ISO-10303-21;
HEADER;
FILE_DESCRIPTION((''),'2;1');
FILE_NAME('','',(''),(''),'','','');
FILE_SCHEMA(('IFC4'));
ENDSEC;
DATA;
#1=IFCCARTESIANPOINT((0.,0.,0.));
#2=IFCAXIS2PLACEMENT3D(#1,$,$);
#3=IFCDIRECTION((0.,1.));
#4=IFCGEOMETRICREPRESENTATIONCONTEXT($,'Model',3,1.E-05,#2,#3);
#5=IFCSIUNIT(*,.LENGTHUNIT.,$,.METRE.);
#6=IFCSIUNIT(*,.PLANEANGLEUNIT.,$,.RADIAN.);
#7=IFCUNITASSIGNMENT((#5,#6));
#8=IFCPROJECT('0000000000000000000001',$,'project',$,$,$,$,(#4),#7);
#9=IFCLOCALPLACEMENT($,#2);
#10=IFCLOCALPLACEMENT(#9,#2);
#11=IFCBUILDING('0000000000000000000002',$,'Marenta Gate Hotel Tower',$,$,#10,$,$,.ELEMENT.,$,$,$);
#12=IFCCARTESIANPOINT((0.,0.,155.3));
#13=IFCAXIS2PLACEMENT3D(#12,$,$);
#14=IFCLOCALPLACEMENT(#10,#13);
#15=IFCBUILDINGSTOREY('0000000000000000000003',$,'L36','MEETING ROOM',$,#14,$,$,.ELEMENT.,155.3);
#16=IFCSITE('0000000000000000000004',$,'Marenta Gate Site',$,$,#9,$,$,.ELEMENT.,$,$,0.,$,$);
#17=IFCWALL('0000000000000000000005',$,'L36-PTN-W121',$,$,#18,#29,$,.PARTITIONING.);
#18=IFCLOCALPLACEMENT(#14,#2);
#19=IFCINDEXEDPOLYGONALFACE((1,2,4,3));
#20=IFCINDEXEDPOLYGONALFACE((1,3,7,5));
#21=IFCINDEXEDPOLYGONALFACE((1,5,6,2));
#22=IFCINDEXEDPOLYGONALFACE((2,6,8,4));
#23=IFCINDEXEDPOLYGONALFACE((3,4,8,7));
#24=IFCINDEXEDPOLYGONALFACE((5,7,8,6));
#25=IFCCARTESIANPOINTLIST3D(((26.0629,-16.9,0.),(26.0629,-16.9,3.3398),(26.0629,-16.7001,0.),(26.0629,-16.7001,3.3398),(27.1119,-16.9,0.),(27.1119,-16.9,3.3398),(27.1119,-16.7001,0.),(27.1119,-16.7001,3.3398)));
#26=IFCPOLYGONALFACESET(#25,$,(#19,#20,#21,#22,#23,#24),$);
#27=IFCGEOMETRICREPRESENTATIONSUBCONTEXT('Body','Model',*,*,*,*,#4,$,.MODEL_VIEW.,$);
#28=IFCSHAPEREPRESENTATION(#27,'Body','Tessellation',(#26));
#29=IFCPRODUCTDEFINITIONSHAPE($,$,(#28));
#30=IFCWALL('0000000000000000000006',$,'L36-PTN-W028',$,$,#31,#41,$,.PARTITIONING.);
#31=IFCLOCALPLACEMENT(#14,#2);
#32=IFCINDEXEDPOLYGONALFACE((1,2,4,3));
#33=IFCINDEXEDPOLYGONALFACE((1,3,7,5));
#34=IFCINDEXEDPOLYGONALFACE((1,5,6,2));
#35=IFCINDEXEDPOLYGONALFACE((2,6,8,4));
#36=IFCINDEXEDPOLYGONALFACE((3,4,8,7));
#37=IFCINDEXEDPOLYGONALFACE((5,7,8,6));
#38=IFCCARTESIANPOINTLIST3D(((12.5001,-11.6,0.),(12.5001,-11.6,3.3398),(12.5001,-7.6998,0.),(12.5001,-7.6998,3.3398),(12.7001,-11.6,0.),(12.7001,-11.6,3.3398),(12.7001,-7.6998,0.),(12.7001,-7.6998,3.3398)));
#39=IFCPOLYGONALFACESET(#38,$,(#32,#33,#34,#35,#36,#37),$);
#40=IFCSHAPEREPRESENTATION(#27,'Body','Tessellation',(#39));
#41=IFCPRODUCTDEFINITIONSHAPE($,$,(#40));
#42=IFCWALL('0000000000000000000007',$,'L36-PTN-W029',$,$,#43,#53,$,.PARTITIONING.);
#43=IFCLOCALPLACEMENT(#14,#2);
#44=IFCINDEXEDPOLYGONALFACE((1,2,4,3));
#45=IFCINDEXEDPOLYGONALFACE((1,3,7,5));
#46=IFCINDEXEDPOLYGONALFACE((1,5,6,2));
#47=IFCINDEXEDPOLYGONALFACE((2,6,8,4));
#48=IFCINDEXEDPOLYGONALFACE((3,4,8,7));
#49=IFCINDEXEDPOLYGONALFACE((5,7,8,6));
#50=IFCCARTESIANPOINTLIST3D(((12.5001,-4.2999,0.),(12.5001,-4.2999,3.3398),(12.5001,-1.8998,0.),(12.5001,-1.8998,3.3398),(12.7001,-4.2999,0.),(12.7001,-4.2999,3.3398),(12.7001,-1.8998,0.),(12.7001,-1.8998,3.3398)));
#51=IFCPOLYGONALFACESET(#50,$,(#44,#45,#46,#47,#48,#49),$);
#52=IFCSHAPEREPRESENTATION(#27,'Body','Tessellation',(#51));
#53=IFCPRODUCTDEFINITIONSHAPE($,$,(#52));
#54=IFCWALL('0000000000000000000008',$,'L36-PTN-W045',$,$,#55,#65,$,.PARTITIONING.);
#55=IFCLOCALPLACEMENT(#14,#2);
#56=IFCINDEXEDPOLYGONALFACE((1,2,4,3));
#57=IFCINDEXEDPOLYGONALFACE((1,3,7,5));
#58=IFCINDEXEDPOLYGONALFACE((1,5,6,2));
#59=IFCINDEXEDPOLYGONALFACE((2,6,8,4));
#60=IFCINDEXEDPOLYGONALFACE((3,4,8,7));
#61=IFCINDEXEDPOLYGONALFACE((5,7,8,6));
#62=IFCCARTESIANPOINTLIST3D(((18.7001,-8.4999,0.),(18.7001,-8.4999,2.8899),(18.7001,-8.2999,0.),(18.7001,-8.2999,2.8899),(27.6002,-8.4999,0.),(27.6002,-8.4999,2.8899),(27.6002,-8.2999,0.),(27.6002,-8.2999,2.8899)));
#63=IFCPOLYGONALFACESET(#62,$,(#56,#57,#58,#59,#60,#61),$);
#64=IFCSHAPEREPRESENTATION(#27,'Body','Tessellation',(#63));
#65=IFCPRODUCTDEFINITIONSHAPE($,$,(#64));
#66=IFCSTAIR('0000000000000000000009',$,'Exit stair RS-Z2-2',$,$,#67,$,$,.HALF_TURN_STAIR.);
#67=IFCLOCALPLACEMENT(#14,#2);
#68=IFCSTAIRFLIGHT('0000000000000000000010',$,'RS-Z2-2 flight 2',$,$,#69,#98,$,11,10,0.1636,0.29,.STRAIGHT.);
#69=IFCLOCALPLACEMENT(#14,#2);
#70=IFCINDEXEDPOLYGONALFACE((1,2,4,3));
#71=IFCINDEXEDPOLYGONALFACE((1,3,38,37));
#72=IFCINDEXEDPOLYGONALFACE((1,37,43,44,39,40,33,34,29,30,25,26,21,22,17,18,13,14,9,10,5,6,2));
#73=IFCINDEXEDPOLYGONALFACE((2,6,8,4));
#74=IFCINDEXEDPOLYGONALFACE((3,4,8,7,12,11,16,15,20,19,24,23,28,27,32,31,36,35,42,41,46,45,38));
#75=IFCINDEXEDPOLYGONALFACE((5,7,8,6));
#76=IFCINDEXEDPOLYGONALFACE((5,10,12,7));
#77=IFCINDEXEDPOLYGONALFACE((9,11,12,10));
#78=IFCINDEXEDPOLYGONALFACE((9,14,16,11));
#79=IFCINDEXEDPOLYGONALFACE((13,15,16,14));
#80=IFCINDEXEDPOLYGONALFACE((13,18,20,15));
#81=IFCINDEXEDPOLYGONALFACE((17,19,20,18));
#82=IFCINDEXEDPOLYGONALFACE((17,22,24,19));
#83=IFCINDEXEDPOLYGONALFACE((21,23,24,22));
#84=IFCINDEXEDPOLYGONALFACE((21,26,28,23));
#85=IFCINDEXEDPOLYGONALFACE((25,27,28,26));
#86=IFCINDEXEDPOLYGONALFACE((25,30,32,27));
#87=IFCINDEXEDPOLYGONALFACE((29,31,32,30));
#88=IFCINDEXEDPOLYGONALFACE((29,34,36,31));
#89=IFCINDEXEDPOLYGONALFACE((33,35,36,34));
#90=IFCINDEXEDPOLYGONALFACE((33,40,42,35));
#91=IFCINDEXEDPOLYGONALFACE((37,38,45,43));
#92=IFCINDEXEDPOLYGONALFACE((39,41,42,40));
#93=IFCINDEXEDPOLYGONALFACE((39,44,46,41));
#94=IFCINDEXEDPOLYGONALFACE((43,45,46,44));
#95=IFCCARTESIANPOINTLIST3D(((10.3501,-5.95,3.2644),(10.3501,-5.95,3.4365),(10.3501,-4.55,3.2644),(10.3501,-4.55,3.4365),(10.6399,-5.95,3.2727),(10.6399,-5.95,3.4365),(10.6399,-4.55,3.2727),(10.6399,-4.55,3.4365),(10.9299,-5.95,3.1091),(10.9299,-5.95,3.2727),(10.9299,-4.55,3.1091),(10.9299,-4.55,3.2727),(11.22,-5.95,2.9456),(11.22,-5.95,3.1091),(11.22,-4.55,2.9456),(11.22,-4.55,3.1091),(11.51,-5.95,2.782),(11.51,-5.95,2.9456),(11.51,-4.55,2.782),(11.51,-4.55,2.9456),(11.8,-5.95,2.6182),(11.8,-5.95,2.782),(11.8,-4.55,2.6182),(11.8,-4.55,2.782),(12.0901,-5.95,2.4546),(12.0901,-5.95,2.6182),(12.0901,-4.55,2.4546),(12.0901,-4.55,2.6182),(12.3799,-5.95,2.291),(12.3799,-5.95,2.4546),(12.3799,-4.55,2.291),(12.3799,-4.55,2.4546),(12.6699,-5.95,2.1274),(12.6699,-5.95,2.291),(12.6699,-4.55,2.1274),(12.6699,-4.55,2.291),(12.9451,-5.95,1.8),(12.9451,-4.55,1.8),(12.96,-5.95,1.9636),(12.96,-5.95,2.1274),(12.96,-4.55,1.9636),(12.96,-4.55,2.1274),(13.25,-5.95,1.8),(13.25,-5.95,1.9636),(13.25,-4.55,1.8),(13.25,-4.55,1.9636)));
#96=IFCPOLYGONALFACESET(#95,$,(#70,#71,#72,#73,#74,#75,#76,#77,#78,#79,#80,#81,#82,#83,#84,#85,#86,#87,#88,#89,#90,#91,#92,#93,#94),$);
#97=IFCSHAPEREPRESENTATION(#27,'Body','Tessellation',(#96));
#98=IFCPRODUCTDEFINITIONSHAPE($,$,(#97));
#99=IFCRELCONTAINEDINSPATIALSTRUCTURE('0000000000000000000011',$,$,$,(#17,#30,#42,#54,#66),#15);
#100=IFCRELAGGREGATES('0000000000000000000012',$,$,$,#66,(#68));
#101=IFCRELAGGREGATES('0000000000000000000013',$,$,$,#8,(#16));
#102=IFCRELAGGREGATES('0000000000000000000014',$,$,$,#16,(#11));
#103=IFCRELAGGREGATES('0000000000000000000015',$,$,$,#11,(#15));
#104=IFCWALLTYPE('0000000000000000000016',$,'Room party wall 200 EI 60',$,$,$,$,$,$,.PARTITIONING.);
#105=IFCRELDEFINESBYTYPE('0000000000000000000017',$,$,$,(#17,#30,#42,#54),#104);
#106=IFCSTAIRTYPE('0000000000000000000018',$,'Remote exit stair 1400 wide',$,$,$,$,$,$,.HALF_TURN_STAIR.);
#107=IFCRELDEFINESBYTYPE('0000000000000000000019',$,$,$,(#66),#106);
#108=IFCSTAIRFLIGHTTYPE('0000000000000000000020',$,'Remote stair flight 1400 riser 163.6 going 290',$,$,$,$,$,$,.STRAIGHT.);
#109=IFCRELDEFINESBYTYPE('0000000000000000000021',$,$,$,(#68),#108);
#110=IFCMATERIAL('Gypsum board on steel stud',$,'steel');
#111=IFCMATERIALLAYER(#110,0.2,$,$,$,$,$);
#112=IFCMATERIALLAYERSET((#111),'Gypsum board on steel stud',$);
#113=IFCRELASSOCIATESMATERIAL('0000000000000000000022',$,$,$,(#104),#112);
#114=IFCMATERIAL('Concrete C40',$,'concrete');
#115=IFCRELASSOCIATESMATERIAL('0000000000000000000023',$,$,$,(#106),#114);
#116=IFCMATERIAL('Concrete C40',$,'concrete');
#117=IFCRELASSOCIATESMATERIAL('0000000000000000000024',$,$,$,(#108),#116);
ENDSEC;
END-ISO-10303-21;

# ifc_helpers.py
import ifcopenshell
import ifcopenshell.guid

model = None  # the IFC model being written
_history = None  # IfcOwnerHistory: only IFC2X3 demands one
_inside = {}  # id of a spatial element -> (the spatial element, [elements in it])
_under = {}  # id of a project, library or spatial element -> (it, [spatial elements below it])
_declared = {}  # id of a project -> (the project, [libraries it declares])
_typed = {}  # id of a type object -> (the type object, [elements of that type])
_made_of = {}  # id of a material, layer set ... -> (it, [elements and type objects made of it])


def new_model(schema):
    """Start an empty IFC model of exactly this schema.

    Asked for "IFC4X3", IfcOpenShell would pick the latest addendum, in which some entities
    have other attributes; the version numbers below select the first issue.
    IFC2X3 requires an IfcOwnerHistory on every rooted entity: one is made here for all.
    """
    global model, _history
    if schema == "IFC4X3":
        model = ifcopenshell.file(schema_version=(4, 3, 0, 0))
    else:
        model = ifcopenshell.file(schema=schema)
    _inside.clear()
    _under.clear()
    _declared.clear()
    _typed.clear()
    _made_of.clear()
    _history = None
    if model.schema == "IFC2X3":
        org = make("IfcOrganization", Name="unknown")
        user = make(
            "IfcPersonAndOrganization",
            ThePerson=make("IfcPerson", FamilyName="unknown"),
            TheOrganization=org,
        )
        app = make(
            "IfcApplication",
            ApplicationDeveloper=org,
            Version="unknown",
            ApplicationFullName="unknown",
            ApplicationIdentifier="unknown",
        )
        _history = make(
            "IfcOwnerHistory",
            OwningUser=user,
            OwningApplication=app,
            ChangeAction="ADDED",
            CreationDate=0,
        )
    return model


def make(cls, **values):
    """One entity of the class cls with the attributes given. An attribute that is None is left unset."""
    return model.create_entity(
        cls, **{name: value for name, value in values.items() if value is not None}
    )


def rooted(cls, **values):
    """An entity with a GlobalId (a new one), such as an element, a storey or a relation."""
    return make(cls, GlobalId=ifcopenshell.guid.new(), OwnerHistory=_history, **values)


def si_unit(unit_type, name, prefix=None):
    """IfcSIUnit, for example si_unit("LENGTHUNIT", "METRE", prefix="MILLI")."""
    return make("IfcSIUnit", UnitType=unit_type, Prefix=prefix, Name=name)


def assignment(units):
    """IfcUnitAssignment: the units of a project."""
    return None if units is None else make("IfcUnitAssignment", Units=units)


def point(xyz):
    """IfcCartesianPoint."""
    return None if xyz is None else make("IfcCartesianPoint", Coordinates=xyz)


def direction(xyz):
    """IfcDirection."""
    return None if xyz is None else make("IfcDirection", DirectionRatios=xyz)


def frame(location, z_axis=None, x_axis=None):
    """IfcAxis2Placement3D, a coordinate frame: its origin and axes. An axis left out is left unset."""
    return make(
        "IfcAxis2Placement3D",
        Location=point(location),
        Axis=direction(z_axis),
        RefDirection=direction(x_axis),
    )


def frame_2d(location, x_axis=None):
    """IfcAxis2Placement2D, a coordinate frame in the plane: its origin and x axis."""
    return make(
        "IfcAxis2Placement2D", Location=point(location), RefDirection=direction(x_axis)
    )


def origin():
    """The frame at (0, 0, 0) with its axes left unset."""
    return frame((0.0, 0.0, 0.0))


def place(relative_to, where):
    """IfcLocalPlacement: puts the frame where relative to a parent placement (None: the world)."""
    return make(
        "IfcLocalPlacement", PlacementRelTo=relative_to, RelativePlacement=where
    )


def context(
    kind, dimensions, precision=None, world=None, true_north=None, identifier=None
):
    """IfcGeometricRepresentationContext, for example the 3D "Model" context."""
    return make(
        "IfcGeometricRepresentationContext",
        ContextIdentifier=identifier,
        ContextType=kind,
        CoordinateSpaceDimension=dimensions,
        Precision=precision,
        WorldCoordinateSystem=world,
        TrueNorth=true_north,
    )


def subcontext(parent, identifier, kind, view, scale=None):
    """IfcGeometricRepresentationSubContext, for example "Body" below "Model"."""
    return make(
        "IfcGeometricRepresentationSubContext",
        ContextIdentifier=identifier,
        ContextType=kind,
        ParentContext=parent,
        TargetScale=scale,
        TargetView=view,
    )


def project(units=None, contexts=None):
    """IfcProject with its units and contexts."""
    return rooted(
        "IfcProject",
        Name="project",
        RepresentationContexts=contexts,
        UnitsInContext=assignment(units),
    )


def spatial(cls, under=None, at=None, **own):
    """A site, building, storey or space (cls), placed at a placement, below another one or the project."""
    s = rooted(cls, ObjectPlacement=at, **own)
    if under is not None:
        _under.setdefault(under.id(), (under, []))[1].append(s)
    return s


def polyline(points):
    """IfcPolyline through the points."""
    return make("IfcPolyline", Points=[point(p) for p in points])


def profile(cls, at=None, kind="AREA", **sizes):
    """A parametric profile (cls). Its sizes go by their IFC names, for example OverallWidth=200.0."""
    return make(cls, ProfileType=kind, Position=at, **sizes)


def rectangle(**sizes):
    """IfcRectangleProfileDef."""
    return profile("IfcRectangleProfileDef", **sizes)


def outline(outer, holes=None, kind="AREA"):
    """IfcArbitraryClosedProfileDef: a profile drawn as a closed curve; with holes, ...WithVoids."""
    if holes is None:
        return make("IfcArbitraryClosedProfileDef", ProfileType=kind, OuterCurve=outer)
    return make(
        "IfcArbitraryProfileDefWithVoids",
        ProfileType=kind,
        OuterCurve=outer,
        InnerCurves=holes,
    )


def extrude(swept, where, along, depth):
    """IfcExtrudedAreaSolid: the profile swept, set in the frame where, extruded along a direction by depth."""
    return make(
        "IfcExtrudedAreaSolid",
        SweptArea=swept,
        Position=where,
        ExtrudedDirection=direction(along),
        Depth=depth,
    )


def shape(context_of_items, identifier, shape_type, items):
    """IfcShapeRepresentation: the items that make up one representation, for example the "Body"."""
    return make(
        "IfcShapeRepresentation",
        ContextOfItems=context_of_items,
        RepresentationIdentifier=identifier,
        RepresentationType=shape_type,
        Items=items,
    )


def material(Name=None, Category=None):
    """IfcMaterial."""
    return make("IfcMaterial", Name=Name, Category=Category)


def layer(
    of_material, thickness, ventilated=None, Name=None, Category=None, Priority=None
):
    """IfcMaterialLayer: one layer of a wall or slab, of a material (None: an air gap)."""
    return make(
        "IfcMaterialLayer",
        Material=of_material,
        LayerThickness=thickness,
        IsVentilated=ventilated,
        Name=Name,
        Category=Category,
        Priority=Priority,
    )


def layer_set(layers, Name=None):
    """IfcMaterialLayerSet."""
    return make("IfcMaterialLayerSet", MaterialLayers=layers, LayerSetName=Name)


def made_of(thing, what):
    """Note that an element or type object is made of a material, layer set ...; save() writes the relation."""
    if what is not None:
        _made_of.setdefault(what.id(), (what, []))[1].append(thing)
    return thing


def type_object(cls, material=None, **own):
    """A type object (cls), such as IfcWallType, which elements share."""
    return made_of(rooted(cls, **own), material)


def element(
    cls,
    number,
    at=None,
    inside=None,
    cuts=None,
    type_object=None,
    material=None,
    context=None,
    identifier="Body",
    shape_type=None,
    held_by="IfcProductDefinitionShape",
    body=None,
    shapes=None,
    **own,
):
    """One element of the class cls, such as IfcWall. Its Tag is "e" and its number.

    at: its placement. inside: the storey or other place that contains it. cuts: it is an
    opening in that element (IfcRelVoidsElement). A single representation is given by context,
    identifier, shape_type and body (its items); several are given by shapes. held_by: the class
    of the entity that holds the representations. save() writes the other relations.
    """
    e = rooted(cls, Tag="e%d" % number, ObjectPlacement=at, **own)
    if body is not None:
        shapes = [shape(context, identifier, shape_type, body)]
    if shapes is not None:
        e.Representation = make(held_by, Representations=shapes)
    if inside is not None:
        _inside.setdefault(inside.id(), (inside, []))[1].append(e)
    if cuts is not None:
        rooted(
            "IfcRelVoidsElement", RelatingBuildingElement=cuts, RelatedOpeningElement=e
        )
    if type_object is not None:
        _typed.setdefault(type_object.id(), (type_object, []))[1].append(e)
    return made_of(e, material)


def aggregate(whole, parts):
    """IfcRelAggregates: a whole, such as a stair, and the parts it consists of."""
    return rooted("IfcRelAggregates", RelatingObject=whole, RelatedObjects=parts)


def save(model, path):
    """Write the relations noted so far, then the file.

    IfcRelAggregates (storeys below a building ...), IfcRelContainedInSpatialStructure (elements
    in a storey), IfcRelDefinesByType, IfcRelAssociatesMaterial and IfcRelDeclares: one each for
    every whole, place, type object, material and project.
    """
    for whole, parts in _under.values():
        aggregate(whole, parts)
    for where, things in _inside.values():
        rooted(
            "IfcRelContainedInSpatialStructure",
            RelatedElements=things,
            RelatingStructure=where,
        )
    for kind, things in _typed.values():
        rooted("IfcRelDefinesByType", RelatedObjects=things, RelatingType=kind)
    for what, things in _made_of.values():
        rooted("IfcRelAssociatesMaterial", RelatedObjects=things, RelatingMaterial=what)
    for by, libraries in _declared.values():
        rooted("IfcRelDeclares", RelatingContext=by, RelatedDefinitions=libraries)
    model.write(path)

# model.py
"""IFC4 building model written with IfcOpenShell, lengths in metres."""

from ifc_helpers import new_model, si_unit, direction, frame, frame_2d, origin, place, context, subcontext, project, spatial, polyline, rectangle, outline, extrude, material, layer, layer_set, type_object, element, aggregate, save


model = new_model("IFC4")

# Units and contexts
model_context = context("Model", 3, precision=1e-05, world=origin(), true_north=direction((0.0, 1.0)))
body_context = subcontext(model_context, "Body", "Model", "MODEL_VIEW")
ifc_project = project(units=[si_unit("LENGTHUNIT", "METRE"), si_unit("PLANEANGLEUNIT", "RADIAN")], contexts=[model_context])

# Site, building, storey
site_placement = place(None, origin())
site = spatial("IfcSite", under=ifc_project, at=site_placement, Name="Marenta Gate Site", CompositionType="ELEMENT", RefElevation=0.0)
building_placement = place(site_placement, origin())
building = spatial("IfcBuilding", under=site, at=building_placement, Name="Marenta Gate Hotel Tower", CompositionType="ELEMENT")
storey_placement = place(building_placement, frame((0.0, 0.0, 155.3)))
storey = spatial("IfcBuildingStorey", under=building, at=storey_placement, Name="L36", Description="MEETING ROOM", CompositionType="ELEMENT", Elevation=155.3)

# Walls
ifc_material_1 = material(Name="Gypsum board on steel stud", Category="steel")
ifc_layer_1 = layer(ifc_material_1, 0.2)
ifc_layer_set_1 = layer_set([ifc_layer_1], Name="Gypsum board on steel stud")
wall_type_1 = type_object("IfcWallType", Name="Room party wall 200 EI 60", PredefinedType="PARTITIONING", material=ifc_layer_set_1)
wall_1_placement = place(storey_placement, frame((26.063, -16.8, 0.0), z_axis=(0.0, 0.0, 1.0), x_axis=(1.0, 0.0, 0.0)))
element("IfcWall", 1, at=wall_1_placement, inside=storey, type_object=wall_type_1, Name="L36-PTN-W121", PredefinedType="PARTITIONING", context=body_context, shape_type="SweptSolid", body=[
    extrude(rectangle(XDim=1.0491, YDim=0.2, at=frame_2d((0.5244, 0.0))), origin(), (0.0, 0.0, 1.0), 3.3398),
])
wall_2_placement = place(storey_placement, frame((12.6001, -11.6001, 0.0), z_axis=(0.0, 0.0, 1.0), x_axis=(0.0, 1.0, 0.0)))
element("IfcWall", 2, at=wall_2_placement, inside=storey, type_object=wall_type_1, Name="L36-PTN-W028", PredefinedType="PARTITIONING", context=body_context, shape_type="SweptSolid", body=[
    extrude(rectangle(XDim=3.9001, YDim=0.2, at=frame_2d((1.9502, 0.0))), origin(), (0.0, 0.0, 1.0), 3.3398),
])
wall_3_placement = place(storey_placement, frame((12.6001, -4.3, 0.0), z_axis=(0.0, 0.0, 1.0), x_axis=(0.0, 1.0, 0.0)))
element("IfcWall", 3, at=wall_3_placement, inside=storey, type_object=wall_type_1, Name="L36-PTN-W029", PredefinedType="PARTITIONING", context=body_context, shape_type="SweptSolid", body=[
    extrude(rectangle(XDim=2.4001, YDim=0.2, at=frame_2d((1.2002, 0.0))), origin(), (0.0, 0.0, 1.0), 3.3398),
])
wall_4_placement = place(storey_placement, frame((18.7, -8.3999, 0.0), z_axis=(0.0, 0.0, 1.0), x_axis=(1.0, 0.0, 0.0)))
element("IfcWall", 4, at=wall_4_placement, inside=storey, type_object=wall_type_1, Name="L36-PTN-W045", PredefinedType="PARTITIONING", context=body_context, shape_type="SweptSolid", body=[
    extrude(rectangle(XDim=8.9001, YDim=0.2, at=frame_2d((4.4502, 0.0))), origin(), (0.0, 0.0, 1.0), 2.8899),
])

# Stair, stair flight
ifc_material_2 = material(Name="Concrete C40", Category="concrete")
stair_type = type_object("IfcStairType", Name="Remote exit stair 1400 wide", PredefinedType="HALF_TURN_STAIR", material=ifc_material_2)
stair_placement = place(storey_placement, origin())
stair = element("IfcStair", 5, at=stair_placement, inside=storey, type_object=stair_type, Name="Exit stair RS-Z2-2", PredefinedType="HALF_TURN_STAIR")
ifc_material_3 = material(Name="Concrete C40", Category="concrete")
stair_flight_type = type_object("IfcStairFlightType", Name="Remote stair flight 1400 riser 163.6 going 290", PredefinedType="STRAIGHT", material=ifc_material_3)
stair_flight_placement = place(storey_placement, frame((13.25, -5.25, 1.8), z_axis=(0.0, 0.0, 1.0), x_axis=(-1.0, 0.0, 0.0)))
stair_flight = element("IfcStairFlight", 6, at=stair_flight_placement, type_object=stair_flight_type, Name="RS-Z2-2 flight 2", NumberOfRisers=11, NumberOfTreads=10, PredefinedType="STRAIGHT", RiserHeight=0.1636, TreadLength=0.29, context=body_context, shape_type="SweptSolid", body=[
    extrude(outline(polyline([(0.0, 0.0), (0.0, 0.1636), (0.29, 0.1636), (0.29, 0.3274), (0.5801, 0.3274), (0.5801, 0.491), (0.8701, 0.491), (0.8701, 0.6545), (1.1599, 0.6545), (1.1599, 0.8181), (1.45, 0.8181), (1.45, 0.9819), (1.74, 0.9819), (1.74, 1.1455), (2.03, 1.1455), (2.03, 1.3091), (2.3201, 1.3091), (2.3201, 1.4727), (2.6101, 1.4727), (2.6101, 1.6365), (2.8999, 1.6365), (2.8999, 1.8), (2.8999, 1.4644), (0.3049, 0.0), (0.0, 0.0)])), frame((0.0, 0.7, 0.0), z_axis=(0.0, -1.0, 0.0), x_axis=(1.0, 0.0, 0.0)), (0.0, 0.0, 1.0), 1.3999),
])
aggregate(stair, [stair_flight])

save(model, "model.ifc")
